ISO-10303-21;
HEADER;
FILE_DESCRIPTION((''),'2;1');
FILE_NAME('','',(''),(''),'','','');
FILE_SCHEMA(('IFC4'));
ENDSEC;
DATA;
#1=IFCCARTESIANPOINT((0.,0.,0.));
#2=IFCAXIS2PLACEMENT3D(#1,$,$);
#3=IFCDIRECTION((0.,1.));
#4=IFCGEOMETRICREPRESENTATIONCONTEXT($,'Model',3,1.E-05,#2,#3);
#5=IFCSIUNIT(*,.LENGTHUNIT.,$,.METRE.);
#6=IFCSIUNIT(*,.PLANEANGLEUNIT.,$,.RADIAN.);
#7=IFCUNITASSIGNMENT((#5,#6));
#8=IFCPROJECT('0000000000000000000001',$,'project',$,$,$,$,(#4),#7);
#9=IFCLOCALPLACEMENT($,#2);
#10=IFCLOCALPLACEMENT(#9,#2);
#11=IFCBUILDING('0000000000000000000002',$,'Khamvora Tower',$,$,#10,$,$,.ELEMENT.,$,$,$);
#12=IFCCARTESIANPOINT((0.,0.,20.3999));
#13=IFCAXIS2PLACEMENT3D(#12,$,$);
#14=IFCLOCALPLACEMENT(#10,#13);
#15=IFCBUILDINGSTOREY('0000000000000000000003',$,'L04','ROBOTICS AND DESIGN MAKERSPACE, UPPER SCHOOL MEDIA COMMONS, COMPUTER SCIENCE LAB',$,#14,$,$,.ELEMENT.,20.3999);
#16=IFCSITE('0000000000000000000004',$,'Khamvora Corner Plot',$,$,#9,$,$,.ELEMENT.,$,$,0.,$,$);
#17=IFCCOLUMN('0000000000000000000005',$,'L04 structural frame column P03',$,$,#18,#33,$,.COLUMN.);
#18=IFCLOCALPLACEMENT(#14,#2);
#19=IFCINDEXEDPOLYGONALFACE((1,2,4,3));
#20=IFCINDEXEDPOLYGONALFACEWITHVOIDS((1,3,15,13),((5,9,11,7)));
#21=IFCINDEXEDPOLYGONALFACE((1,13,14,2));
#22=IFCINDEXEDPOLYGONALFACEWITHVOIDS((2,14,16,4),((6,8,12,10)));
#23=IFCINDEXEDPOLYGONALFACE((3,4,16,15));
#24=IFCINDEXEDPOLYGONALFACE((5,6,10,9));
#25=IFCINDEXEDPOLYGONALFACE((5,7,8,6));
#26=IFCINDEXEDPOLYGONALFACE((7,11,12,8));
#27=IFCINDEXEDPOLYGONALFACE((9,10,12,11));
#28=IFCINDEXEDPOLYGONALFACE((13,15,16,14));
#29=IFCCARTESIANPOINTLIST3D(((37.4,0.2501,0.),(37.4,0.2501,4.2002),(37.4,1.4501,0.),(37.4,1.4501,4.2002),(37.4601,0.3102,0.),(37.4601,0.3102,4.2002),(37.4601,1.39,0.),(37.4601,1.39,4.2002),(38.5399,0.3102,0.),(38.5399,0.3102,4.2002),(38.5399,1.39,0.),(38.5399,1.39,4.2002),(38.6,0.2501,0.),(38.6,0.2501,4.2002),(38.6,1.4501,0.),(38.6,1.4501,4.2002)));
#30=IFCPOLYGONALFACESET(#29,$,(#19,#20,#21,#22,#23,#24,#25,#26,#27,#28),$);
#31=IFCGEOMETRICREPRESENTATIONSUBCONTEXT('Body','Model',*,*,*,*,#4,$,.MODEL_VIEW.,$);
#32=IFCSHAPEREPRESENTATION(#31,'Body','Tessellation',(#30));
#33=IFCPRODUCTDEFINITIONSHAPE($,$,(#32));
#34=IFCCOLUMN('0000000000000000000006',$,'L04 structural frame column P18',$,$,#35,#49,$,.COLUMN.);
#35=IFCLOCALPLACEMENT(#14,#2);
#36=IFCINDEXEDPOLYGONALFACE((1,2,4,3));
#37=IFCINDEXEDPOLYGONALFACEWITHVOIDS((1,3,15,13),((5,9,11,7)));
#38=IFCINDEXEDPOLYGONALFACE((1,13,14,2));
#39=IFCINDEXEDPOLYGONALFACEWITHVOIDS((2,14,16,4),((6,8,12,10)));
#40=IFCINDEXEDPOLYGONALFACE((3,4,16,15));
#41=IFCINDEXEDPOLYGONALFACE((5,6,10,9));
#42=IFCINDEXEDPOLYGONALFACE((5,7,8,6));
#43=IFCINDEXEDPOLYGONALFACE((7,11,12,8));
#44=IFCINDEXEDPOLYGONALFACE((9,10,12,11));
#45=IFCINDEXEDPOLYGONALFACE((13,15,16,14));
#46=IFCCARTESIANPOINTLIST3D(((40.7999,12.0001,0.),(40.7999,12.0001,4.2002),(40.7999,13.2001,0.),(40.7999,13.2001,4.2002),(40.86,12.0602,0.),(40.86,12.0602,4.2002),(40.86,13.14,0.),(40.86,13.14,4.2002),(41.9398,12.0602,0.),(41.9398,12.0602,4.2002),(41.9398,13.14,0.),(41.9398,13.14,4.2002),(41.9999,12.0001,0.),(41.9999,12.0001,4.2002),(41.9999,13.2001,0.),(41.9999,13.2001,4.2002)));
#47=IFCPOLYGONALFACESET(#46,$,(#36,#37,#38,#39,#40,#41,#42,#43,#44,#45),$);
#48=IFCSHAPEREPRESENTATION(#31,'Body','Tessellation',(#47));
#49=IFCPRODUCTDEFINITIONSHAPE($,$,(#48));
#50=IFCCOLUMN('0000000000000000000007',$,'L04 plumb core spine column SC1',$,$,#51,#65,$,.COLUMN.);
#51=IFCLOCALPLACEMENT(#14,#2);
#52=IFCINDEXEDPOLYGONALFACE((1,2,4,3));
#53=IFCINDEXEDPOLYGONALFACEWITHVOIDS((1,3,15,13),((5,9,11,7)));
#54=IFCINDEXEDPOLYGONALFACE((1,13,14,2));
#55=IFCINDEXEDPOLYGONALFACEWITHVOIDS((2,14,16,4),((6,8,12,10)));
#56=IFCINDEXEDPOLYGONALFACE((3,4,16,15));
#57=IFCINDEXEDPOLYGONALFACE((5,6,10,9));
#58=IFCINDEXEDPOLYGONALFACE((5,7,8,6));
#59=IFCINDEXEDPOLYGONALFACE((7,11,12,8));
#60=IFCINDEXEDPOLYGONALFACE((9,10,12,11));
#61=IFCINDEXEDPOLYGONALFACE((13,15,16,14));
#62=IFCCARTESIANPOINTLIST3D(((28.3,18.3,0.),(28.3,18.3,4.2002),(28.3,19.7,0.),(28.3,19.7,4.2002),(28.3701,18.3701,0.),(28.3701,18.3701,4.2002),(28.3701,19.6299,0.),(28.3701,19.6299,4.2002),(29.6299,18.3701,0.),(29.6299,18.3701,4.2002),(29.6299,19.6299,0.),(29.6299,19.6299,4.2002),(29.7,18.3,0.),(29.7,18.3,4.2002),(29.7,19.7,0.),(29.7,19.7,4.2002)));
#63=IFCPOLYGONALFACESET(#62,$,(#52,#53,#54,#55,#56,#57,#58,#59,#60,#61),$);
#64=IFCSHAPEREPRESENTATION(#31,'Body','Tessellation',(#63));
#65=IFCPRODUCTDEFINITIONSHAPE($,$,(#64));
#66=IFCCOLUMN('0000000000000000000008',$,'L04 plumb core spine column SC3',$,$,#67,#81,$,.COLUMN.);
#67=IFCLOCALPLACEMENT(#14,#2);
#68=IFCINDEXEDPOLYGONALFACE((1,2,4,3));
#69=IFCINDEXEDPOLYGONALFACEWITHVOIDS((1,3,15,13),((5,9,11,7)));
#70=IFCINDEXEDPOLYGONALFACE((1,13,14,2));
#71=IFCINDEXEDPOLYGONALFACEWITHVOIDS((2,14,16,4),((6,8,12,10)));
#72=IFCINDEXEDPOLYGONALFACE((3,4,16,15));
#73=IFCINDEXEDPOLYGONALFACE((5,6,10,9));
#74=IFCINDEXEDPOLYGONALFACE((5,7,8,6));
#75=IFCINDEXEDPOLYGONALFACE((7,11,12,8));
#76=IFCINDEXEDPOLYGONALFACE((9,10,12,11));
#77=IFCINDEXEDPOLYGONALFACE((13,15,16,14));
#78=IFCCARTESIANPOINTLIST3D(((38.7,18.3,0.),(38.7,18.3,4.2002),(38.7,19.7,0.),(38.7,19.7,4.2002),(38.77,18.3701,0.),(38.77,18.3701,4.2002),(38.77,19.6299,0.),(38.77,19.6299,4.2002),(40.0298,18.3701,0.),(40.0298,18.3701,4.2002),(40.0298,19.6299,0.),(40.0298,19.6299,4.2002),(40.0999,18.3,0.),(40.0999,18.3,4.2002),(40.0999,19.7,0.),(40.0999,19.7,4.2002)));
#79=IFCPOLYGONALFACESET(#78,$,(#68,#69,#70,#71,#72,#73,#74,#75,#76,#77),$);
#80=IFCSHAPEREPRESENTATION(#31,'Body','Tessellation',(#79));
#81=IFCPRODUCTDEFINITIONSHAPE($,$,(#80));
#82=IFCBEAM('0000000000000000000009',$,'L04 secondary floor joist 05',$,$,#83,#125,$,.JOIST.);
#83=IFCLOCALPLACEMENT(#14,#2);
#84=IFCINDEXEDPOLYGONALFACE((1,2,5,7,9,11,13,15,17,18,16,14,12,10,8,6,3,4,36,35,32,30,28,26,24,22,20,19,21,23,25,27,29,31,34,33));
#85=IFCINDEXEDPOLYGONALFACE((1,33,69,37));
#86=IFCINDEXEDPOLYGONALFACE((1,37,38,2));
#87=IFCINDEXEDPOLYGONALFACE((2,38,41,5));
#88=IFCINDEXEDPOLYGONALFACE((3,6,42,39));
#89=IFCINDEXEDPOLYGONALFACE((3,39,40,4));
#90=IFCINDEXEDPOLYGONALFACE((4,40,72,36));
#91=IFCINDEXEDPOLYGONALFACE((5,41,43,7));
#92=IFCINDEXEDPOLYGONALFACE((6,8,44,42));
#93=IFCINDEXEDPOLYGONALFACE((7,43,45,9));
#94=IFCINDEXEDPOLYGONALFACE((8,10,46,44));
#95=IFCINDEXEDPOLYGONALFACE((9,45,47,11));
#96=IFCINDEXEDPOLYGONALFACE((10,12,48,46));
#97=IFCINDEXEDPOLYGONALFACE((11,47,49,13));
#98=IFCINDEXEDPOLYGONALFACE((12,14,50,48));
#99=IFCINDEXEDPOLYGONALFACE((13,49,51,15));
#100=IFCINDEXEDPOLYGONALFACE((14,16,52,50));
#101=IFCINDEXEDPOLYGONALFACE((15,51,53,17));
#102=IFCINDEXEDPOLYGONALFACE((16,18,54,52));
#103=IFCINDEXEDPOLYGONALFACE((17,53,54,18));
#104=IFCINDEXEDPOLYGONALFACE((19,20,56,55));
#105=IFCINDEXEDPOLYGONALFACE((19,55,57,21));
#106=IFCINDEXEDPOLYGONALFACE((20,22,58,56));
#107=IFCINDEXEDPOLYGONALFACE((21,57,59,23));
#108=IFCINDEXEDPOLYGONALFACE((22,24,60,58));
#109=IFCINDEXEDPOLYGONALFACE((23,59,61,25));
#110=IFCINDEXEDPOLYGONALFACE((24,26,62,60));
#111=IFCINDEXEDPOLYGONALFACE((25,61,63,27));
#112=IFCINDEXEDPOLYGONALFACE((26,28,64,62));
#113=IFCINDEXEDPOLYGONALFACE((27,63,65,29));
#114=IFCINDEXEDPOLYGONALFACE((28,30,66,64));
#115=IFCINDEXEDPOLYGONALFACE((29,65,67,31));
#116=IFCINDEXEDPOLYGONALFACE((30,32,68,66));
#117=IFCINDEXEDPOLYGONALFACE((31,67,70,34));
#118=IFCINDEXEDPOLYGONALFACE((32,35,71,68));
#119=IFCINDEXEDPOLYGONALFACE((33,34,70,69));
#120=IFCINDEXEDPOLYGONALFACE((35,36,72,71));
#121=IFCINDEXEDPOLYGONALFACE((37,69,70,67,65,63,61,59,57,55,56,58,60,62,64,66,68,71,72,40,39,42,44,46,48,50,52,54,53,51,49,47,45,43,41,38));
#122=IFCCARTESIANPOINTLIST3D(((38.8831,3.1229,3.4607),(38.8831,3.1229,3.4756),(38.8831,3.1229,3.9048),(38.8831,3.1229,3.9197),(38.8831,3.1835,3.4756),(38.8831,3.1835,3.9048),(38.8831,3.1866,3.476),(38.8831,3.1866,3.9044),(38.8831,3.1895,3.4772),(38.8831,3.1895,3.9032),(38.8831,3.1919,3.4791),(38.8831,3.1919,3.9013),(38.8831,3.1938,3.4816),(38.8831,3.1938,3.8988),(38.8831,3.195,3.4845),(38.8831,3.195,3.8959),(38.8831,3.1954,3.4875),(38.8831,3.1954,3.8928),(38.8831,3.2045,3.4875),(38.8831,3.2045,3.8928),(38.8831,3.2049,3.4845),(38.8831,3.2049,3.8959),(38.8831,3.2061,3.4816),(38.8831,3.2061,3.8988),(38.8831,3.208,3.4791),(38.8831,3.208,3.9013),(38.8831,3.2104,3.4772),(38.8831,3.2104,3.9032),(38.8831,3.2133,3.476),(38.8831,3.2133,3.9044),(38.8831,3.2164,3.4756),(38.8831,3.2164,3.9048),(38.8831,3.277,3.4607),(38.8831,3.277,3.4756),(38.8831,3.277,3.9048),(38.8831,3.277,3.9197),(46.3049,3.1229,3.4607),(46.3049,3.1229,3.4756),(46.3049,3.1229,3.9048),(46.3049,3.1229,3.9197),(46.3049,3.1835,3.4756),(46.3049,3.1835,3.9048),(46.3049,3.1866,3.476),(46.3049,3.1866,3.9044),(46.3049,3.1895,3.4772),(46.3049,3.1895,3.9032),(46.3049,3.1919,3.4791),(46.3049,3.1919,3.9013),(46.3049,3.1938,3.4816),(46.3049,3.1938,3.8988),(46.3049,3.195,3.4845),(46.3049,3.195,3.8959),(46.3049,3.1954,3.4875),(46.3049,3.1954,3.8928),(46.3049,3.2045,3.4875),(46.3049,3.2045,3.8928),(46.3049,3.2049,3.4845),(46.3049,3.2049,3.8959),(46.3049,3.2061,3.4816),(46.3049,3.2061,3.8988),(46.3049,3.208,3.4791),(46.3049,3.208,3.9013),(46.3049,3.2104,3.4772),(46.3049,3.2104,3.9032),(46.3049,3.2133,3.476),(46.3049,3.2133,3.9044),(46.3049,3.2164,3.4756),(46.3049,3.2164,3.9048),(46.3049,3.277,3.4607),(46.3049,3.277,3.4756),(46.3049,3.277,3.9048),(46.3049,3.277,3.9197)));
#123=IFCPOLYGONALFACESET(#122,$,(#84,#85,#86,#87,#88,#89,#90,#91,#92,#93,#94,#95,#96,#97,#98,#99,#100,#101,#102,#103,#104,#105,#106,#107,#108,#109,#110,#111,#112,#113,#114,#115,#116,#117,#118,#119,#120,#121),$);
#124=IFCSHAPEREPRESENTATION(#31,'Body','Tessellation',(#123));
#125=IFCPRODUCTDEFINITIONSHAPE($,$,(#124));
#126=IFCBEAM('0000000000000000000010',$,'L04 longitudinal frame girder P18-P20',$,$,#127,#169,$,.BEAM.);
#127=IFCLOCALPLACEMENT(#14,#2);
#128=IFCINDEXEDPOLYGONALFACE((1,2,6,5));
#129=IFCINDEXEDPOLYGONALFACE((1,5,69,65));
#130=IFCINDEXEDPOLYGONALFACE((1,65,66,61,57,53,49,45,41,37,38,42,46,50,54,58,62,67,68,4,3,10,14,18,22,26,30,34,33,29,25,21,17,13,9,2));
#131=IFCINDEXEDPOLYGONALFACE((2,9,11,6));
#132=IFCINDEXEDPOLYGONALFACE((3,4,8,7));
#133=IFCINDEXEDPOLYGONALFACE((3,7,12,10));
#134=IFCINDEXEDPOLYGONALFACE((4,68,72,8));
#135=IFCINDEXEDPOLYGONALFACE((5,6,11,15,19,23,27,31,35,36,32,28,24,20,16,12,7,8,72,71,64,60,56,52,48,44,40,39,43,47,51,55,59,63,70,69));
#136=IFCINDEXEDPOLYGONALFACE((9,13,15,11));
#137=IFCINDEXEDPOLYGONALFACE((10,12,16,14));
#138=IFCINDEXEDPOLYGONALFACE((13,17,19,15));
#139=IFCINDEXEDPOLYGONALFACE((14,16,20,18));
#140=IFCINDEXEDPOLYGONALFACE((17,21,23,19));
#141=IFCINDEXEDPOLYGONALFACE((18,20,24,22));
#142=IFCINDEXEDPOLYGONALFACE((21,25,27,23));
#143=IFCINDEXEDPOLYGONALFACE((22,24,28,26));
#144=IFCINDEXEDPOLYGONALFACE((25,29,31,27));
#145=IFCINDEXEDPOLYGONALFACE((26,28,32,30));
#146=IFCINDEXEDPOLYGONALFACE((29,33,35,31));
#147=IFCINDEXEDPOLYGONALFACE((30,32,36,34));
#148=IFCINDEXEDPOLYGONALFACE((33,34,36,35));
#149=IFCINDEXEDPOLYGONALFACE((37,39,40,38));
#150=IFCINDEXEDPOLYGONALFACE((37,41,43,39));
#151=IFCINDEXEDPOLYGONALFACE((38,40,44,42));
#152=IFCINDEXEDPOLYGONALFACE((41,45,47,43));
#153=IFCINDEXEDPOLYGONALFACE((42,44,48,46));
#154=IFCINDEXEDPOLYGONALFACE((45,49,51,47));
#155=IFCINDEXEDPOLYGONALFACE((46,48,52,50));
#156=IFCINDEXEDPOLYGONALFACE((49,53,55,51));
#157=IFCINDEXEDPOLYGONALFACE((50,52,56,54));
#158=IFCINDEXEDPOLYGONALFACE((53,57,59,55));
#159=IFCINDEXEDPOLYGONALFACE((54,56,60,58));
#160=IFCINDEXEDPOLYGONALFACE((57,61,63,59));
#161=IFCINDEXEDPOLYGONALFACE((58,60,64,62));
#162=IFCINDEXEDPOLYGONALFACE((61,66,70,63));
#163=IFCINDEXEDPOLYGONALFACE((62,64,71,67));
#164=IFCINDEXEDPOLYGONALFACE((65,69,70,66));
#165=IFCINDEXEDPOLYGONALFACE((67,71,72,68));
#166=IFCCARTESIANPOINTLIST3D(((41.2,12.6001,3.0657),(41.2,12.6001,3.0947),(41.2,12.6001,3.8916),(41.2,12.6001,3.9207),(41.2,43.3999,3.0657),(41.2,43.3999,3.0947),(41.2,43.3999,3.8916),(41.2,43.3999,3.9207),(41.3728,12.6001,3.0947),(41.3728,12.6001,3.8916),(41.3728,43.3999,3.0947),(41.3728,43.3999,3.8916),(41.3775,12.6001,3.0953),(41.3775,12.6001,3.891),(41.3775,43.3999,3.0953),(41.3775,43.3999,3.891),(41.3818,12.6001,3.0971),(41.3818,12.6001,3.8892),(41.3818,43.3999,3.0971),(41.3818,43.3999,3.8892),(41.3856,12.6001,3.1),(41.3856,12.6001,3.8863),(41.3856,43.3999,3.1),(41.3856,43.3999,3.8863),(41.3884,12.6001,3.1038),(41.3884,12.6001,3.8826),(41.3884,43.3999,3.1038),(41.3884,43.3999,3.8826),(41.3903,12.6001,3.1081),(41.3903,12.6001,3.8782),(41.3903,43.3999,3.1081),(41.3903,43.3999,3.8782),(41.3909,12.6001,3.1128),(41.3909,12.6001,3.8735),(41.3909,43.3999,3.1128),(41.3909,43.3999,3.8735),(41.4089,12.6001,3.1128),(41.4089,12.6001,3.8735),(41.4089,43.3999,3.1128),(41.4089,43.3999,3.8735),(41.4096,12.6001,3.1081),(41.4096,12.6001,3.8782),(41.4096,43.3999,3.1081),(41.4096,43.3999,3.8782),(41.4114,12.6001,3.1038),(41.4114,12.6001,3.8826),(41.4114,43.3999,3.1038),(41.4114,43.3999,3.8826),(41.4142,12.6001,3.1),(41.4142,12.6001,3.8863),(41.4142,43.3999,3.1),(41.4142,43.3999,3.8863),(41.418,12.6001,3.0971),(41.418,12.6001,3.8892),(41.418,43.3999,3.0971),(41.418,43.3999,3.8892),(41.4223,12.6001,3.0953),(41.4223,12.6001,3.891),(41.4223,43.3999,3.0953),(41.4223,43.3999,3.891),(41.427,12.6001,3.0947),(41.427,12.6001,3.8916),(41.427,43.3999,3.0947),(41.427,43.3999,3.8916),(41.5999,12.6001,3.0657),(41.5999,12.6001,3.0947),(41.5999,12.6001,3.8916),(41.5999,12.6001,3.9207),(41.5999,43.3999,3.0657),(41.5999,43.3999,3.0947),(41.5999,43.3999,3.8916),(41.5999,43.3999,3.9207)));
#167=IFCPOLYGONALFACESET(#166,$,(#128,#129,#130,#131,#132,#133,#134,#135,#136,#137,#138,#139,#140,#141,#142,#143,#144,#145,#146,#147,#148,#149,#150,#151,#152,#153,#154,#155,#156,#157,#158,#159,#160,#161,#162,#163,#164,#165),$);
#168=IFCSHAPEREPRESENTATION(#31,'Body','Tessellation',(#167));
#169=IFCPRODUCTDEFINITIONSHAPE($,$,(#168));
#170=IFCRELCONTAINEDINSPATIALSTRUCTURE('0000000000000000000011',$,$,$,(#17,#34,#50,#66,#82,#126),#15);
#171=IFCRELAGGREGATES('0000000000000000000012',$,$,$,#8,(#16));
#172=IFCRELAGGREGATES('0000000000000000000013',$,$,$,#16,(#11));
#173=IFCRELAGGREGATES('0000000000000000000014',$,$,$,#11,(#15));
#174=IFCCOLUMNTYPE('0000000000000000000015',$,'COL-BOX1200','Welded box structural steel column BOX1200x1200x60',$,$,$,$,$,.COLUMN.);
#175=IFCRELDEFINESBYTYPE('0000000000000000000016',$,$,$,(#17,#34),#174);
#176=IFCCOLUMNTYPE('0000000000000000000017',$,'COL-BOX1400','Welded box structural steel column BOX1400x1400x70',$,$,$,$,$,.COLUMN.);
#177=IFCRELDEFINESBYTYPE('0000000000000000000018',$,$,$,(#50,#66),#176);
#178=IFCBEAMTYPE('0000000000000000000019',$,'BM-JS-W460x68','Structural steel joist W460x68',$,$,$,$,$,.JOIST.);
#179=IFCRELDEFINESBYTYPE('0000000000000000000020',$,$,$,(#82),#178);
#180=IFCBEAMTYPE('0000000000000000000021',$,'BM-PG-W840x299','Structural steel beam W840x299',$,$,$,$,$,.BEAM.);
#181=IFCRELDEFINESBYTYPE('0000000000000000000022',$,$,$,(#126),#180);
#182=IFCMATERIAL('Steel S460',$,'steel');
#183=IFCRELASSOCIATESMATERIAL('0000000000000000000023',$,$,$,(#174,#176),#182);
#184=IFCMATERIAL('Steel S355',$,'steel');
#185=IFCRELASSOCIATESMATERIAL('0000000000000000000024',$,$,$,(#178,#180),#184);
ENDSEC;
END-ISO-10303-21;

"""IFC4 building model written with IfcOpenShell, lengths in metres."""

from ifc_helpers import new_model, si_unit, direction, frame, origin, origin_2d, place, context, subcontext, project, spatial, hollow_rectangle, i_section, extrude, material, material_profile, profile_set, type_object, element, save


model = new_model("IFC4")

# Units and contexts
model_context = context("Model", 3, precision=1e-05, world=origin(), true_north=direction((0.0, 1.0)))
body_context = subcontext(model_context, "Body", "Model", "MODEL_VIEW")
ifc_project = project(units=[si_unit("LENGTHUNIT", "METRE"), si_unit("PLANEANGLEUNIT", "RADIAN")], contexts=[model_context])

# Site, building, storey
site_placement = place(None, origin())
site = spatial("IfcSite", under=ifc_project, at=site_placement, Name="Khamvora Corner Plot", CompositionType="ELEMENT", RefElevation=0.0)
building_placement = place(site_placement, origin())
building = spatial("IfcBuilding", under=site, at=building_placement, Name="Khamvora Tower", CompositionType="ELEMENT")
storey_placement = place(building_placement, frame((0.0, 0.0, 20.3999)))
storey = spatial("IfcBuildingStorey", under=building, at=storey_placement, Name="L04", Description="ROBOTICS AND DESIGN MAKERSPACE, UPPER SCHOOL MEDIA COMMONS, COMPUTER SCIENCE LAB", CompositionType="ELEMENT", Elevation=20.3999)

# Columns
ifc_material_1 = material(Name="Steel S460", Category="steel")
ifc_material_profile_1 = material_profile(ifc_material_1, hollow_rectangle(XDim=1.2, YDim=1.2, WallThickness=0.0601, at=origin_2d()), Name="BOX1200x1200x60")
ifc_profile_set_1 = profile_set([ifc_material_profile_1], Name="Steel S460")
column_type_1 = type_object("IfcColumnType", Name="COL-BOX1200", Description="Welded box structural steel column BOX1200x1200x60", PredefinedType="COLUMN", material=ifc_profile_set_1)
for number, where, z_axis, x_axis, name in (
    (1, (38.0, 0.8501, 0.0), (0.0, 0.0, 1.0), (1.0, 0.0, 0.0), "L04 structural frame column P03"),
    (2, (41.3999, 12.6001, 0.0), (0.0, 0.0, 1.0), (1.0, 0.0, 0.0), "L04 structural frame column P18"),
):
    element("IfcColumn", number, at=place(storey_placement, frame(where, z_axis=z_axis, x_axis=x_axis)), inside=storey, type_object=column_type_1, Name=name, PredefinedType="COLUMN", context=body_context, shape_type="SweptSolid", body=[
        extrude(hollow_rectangle(XDim=1.2, YDim=1.2, WallThickness=0.0601, at=origin_2d()), origin(), (0.0, 0.0, 1.0), 4.2002),
    ])
ifc_material_profile_2 = material_profile(ifc_material_1, hollow_rectangle(XDim=1.3999, YDim=1.3999, WallThickness=0.0701, at=origin_2d()), Name="BOX1400x1400x70")
ifc_profile_set_2 = profile_set([ifc_material_profile_2], Name="Steel S460")
column_type_2 = type_object("IfcColumnType", Name="COL-BOX1400", Description="Welded box structural steel column BOX1400x1400x70", PredefinedType="COLUMN", material=ifc_profile_set_2)
for number, where, z_axis, x_axis, name in (
    (3, (29.0, 19.0, 0.0), (0.0, 0.0, 1.0), (1.0, 0.0, 0.0), "L04 plumb core spine column SC1"),
    (4, (39.3999, 19.0, 0.0), (0.0, 0.0, 1.0), (1.0, 0.0, 0.0), "L04 plumb core spine column SC3"),
):
    element("IfcColumn", number, at=place(storey_placement, frame(where, z_axis=z_axis, x_axis=x_axis)), inside=storey, type_object=column_type_2, Name=name, PredefinedType="COLUMN", context=body_context, shape_type="SweptSolid", body=[
        extrude(hollow_rectangle(XDim=1.3999, YDim=1.3999, WallThickness=0.0701, at=origin_2d()), origin(), (0.0, 0.0, 1.0), 4.2002),
    ])

# Beams
ifc_material_2 = material(Name="Steel S355", Category="steel")
ifc_material_profile_3 = material_profile(ifc_material_2, i_section(OverallWidth=0.1541, OverallDepth=0.459, WebThickness=0.009, FlangeThickness=0.0149, FilletRadius=0.012, at=origin_2d()), Name="W460x68")
ifc_profile_set_3 = profile_set([ifc_material_profile_3], Name="Steel S355")
beam_type_1 = type_object("IfcBeamType", Name="BM-JS-W460x68", Description="Structural steel joist W460x68", PredefinedType="JOIST", material=ifc_profile_set_3)
beam_1_placement = place(storey_placement, frame((38.8831, 3.2, 3.6902), z_axis=(1.0, 0.0, 0.0), x_axis=(0.0, 1.0, 0.0)))
element("IfcBeam", 5, at=beam_1_placement, inside=storey, type_object=beam_type_1, Name="L04 secondary floor joist 05", PredefinedType="JOIST", context=body_context, shape_type="SweptSolid", body=[
    extrude(i_section(OverallWidth=0.1541, OverallDepth=0.459, WebThickness=0.009, FlangeThickness=0.0149, FilletRadius=0.012, at=origin_2d()), origin(), (0.0, 0.0, 1.0), 7.4219),
])
ifc_material_profile_4 = material_profile(ifc_material_2, i_section(OverallWidth=0.3999, OverallDepth=0.855, WebThickness=0.0181, FlangeThickness=0.0291, FilletRadius=0.0181, at=origin_2d()), Name="W840x299")
ifc_profile_set_4 = profile_set([ifc_material_profile_4], Name="Steel S355")
beam_type_2 = type_object("IfcBeamType", Name="BM-PG-W840x299", Description="Structural steel beam W840x299", PredefinedType="BEAM", material=ifc_profile_set_4)
beam_2_placement = place(storey_placement, frame((41.3999, 12.6001, 3.4932), z_axis=(0.0, 1.0, 0.0), x_axis=(-1.0, 0.0, 0.0)))
element("IfcBeam", 6, at=beam_2_placement, inside=storey, type_object=beam_type_2, Name="L04 longitudinal frame girder P18-P20", PredefinedType="BEAM", context=body_context, shape_type="SweptSolid", body=[
    extrude(i_section(OverallWidth=0.3999, OverallDepth=0.855, WebThickness=0.0181, FlangeThickness=0.0291, FilletRadius=0.0181, at=origin_2d()), origin(), (0.0, 0.0, 1.0), 30.7998),
])

save(model, "model.ifc")
